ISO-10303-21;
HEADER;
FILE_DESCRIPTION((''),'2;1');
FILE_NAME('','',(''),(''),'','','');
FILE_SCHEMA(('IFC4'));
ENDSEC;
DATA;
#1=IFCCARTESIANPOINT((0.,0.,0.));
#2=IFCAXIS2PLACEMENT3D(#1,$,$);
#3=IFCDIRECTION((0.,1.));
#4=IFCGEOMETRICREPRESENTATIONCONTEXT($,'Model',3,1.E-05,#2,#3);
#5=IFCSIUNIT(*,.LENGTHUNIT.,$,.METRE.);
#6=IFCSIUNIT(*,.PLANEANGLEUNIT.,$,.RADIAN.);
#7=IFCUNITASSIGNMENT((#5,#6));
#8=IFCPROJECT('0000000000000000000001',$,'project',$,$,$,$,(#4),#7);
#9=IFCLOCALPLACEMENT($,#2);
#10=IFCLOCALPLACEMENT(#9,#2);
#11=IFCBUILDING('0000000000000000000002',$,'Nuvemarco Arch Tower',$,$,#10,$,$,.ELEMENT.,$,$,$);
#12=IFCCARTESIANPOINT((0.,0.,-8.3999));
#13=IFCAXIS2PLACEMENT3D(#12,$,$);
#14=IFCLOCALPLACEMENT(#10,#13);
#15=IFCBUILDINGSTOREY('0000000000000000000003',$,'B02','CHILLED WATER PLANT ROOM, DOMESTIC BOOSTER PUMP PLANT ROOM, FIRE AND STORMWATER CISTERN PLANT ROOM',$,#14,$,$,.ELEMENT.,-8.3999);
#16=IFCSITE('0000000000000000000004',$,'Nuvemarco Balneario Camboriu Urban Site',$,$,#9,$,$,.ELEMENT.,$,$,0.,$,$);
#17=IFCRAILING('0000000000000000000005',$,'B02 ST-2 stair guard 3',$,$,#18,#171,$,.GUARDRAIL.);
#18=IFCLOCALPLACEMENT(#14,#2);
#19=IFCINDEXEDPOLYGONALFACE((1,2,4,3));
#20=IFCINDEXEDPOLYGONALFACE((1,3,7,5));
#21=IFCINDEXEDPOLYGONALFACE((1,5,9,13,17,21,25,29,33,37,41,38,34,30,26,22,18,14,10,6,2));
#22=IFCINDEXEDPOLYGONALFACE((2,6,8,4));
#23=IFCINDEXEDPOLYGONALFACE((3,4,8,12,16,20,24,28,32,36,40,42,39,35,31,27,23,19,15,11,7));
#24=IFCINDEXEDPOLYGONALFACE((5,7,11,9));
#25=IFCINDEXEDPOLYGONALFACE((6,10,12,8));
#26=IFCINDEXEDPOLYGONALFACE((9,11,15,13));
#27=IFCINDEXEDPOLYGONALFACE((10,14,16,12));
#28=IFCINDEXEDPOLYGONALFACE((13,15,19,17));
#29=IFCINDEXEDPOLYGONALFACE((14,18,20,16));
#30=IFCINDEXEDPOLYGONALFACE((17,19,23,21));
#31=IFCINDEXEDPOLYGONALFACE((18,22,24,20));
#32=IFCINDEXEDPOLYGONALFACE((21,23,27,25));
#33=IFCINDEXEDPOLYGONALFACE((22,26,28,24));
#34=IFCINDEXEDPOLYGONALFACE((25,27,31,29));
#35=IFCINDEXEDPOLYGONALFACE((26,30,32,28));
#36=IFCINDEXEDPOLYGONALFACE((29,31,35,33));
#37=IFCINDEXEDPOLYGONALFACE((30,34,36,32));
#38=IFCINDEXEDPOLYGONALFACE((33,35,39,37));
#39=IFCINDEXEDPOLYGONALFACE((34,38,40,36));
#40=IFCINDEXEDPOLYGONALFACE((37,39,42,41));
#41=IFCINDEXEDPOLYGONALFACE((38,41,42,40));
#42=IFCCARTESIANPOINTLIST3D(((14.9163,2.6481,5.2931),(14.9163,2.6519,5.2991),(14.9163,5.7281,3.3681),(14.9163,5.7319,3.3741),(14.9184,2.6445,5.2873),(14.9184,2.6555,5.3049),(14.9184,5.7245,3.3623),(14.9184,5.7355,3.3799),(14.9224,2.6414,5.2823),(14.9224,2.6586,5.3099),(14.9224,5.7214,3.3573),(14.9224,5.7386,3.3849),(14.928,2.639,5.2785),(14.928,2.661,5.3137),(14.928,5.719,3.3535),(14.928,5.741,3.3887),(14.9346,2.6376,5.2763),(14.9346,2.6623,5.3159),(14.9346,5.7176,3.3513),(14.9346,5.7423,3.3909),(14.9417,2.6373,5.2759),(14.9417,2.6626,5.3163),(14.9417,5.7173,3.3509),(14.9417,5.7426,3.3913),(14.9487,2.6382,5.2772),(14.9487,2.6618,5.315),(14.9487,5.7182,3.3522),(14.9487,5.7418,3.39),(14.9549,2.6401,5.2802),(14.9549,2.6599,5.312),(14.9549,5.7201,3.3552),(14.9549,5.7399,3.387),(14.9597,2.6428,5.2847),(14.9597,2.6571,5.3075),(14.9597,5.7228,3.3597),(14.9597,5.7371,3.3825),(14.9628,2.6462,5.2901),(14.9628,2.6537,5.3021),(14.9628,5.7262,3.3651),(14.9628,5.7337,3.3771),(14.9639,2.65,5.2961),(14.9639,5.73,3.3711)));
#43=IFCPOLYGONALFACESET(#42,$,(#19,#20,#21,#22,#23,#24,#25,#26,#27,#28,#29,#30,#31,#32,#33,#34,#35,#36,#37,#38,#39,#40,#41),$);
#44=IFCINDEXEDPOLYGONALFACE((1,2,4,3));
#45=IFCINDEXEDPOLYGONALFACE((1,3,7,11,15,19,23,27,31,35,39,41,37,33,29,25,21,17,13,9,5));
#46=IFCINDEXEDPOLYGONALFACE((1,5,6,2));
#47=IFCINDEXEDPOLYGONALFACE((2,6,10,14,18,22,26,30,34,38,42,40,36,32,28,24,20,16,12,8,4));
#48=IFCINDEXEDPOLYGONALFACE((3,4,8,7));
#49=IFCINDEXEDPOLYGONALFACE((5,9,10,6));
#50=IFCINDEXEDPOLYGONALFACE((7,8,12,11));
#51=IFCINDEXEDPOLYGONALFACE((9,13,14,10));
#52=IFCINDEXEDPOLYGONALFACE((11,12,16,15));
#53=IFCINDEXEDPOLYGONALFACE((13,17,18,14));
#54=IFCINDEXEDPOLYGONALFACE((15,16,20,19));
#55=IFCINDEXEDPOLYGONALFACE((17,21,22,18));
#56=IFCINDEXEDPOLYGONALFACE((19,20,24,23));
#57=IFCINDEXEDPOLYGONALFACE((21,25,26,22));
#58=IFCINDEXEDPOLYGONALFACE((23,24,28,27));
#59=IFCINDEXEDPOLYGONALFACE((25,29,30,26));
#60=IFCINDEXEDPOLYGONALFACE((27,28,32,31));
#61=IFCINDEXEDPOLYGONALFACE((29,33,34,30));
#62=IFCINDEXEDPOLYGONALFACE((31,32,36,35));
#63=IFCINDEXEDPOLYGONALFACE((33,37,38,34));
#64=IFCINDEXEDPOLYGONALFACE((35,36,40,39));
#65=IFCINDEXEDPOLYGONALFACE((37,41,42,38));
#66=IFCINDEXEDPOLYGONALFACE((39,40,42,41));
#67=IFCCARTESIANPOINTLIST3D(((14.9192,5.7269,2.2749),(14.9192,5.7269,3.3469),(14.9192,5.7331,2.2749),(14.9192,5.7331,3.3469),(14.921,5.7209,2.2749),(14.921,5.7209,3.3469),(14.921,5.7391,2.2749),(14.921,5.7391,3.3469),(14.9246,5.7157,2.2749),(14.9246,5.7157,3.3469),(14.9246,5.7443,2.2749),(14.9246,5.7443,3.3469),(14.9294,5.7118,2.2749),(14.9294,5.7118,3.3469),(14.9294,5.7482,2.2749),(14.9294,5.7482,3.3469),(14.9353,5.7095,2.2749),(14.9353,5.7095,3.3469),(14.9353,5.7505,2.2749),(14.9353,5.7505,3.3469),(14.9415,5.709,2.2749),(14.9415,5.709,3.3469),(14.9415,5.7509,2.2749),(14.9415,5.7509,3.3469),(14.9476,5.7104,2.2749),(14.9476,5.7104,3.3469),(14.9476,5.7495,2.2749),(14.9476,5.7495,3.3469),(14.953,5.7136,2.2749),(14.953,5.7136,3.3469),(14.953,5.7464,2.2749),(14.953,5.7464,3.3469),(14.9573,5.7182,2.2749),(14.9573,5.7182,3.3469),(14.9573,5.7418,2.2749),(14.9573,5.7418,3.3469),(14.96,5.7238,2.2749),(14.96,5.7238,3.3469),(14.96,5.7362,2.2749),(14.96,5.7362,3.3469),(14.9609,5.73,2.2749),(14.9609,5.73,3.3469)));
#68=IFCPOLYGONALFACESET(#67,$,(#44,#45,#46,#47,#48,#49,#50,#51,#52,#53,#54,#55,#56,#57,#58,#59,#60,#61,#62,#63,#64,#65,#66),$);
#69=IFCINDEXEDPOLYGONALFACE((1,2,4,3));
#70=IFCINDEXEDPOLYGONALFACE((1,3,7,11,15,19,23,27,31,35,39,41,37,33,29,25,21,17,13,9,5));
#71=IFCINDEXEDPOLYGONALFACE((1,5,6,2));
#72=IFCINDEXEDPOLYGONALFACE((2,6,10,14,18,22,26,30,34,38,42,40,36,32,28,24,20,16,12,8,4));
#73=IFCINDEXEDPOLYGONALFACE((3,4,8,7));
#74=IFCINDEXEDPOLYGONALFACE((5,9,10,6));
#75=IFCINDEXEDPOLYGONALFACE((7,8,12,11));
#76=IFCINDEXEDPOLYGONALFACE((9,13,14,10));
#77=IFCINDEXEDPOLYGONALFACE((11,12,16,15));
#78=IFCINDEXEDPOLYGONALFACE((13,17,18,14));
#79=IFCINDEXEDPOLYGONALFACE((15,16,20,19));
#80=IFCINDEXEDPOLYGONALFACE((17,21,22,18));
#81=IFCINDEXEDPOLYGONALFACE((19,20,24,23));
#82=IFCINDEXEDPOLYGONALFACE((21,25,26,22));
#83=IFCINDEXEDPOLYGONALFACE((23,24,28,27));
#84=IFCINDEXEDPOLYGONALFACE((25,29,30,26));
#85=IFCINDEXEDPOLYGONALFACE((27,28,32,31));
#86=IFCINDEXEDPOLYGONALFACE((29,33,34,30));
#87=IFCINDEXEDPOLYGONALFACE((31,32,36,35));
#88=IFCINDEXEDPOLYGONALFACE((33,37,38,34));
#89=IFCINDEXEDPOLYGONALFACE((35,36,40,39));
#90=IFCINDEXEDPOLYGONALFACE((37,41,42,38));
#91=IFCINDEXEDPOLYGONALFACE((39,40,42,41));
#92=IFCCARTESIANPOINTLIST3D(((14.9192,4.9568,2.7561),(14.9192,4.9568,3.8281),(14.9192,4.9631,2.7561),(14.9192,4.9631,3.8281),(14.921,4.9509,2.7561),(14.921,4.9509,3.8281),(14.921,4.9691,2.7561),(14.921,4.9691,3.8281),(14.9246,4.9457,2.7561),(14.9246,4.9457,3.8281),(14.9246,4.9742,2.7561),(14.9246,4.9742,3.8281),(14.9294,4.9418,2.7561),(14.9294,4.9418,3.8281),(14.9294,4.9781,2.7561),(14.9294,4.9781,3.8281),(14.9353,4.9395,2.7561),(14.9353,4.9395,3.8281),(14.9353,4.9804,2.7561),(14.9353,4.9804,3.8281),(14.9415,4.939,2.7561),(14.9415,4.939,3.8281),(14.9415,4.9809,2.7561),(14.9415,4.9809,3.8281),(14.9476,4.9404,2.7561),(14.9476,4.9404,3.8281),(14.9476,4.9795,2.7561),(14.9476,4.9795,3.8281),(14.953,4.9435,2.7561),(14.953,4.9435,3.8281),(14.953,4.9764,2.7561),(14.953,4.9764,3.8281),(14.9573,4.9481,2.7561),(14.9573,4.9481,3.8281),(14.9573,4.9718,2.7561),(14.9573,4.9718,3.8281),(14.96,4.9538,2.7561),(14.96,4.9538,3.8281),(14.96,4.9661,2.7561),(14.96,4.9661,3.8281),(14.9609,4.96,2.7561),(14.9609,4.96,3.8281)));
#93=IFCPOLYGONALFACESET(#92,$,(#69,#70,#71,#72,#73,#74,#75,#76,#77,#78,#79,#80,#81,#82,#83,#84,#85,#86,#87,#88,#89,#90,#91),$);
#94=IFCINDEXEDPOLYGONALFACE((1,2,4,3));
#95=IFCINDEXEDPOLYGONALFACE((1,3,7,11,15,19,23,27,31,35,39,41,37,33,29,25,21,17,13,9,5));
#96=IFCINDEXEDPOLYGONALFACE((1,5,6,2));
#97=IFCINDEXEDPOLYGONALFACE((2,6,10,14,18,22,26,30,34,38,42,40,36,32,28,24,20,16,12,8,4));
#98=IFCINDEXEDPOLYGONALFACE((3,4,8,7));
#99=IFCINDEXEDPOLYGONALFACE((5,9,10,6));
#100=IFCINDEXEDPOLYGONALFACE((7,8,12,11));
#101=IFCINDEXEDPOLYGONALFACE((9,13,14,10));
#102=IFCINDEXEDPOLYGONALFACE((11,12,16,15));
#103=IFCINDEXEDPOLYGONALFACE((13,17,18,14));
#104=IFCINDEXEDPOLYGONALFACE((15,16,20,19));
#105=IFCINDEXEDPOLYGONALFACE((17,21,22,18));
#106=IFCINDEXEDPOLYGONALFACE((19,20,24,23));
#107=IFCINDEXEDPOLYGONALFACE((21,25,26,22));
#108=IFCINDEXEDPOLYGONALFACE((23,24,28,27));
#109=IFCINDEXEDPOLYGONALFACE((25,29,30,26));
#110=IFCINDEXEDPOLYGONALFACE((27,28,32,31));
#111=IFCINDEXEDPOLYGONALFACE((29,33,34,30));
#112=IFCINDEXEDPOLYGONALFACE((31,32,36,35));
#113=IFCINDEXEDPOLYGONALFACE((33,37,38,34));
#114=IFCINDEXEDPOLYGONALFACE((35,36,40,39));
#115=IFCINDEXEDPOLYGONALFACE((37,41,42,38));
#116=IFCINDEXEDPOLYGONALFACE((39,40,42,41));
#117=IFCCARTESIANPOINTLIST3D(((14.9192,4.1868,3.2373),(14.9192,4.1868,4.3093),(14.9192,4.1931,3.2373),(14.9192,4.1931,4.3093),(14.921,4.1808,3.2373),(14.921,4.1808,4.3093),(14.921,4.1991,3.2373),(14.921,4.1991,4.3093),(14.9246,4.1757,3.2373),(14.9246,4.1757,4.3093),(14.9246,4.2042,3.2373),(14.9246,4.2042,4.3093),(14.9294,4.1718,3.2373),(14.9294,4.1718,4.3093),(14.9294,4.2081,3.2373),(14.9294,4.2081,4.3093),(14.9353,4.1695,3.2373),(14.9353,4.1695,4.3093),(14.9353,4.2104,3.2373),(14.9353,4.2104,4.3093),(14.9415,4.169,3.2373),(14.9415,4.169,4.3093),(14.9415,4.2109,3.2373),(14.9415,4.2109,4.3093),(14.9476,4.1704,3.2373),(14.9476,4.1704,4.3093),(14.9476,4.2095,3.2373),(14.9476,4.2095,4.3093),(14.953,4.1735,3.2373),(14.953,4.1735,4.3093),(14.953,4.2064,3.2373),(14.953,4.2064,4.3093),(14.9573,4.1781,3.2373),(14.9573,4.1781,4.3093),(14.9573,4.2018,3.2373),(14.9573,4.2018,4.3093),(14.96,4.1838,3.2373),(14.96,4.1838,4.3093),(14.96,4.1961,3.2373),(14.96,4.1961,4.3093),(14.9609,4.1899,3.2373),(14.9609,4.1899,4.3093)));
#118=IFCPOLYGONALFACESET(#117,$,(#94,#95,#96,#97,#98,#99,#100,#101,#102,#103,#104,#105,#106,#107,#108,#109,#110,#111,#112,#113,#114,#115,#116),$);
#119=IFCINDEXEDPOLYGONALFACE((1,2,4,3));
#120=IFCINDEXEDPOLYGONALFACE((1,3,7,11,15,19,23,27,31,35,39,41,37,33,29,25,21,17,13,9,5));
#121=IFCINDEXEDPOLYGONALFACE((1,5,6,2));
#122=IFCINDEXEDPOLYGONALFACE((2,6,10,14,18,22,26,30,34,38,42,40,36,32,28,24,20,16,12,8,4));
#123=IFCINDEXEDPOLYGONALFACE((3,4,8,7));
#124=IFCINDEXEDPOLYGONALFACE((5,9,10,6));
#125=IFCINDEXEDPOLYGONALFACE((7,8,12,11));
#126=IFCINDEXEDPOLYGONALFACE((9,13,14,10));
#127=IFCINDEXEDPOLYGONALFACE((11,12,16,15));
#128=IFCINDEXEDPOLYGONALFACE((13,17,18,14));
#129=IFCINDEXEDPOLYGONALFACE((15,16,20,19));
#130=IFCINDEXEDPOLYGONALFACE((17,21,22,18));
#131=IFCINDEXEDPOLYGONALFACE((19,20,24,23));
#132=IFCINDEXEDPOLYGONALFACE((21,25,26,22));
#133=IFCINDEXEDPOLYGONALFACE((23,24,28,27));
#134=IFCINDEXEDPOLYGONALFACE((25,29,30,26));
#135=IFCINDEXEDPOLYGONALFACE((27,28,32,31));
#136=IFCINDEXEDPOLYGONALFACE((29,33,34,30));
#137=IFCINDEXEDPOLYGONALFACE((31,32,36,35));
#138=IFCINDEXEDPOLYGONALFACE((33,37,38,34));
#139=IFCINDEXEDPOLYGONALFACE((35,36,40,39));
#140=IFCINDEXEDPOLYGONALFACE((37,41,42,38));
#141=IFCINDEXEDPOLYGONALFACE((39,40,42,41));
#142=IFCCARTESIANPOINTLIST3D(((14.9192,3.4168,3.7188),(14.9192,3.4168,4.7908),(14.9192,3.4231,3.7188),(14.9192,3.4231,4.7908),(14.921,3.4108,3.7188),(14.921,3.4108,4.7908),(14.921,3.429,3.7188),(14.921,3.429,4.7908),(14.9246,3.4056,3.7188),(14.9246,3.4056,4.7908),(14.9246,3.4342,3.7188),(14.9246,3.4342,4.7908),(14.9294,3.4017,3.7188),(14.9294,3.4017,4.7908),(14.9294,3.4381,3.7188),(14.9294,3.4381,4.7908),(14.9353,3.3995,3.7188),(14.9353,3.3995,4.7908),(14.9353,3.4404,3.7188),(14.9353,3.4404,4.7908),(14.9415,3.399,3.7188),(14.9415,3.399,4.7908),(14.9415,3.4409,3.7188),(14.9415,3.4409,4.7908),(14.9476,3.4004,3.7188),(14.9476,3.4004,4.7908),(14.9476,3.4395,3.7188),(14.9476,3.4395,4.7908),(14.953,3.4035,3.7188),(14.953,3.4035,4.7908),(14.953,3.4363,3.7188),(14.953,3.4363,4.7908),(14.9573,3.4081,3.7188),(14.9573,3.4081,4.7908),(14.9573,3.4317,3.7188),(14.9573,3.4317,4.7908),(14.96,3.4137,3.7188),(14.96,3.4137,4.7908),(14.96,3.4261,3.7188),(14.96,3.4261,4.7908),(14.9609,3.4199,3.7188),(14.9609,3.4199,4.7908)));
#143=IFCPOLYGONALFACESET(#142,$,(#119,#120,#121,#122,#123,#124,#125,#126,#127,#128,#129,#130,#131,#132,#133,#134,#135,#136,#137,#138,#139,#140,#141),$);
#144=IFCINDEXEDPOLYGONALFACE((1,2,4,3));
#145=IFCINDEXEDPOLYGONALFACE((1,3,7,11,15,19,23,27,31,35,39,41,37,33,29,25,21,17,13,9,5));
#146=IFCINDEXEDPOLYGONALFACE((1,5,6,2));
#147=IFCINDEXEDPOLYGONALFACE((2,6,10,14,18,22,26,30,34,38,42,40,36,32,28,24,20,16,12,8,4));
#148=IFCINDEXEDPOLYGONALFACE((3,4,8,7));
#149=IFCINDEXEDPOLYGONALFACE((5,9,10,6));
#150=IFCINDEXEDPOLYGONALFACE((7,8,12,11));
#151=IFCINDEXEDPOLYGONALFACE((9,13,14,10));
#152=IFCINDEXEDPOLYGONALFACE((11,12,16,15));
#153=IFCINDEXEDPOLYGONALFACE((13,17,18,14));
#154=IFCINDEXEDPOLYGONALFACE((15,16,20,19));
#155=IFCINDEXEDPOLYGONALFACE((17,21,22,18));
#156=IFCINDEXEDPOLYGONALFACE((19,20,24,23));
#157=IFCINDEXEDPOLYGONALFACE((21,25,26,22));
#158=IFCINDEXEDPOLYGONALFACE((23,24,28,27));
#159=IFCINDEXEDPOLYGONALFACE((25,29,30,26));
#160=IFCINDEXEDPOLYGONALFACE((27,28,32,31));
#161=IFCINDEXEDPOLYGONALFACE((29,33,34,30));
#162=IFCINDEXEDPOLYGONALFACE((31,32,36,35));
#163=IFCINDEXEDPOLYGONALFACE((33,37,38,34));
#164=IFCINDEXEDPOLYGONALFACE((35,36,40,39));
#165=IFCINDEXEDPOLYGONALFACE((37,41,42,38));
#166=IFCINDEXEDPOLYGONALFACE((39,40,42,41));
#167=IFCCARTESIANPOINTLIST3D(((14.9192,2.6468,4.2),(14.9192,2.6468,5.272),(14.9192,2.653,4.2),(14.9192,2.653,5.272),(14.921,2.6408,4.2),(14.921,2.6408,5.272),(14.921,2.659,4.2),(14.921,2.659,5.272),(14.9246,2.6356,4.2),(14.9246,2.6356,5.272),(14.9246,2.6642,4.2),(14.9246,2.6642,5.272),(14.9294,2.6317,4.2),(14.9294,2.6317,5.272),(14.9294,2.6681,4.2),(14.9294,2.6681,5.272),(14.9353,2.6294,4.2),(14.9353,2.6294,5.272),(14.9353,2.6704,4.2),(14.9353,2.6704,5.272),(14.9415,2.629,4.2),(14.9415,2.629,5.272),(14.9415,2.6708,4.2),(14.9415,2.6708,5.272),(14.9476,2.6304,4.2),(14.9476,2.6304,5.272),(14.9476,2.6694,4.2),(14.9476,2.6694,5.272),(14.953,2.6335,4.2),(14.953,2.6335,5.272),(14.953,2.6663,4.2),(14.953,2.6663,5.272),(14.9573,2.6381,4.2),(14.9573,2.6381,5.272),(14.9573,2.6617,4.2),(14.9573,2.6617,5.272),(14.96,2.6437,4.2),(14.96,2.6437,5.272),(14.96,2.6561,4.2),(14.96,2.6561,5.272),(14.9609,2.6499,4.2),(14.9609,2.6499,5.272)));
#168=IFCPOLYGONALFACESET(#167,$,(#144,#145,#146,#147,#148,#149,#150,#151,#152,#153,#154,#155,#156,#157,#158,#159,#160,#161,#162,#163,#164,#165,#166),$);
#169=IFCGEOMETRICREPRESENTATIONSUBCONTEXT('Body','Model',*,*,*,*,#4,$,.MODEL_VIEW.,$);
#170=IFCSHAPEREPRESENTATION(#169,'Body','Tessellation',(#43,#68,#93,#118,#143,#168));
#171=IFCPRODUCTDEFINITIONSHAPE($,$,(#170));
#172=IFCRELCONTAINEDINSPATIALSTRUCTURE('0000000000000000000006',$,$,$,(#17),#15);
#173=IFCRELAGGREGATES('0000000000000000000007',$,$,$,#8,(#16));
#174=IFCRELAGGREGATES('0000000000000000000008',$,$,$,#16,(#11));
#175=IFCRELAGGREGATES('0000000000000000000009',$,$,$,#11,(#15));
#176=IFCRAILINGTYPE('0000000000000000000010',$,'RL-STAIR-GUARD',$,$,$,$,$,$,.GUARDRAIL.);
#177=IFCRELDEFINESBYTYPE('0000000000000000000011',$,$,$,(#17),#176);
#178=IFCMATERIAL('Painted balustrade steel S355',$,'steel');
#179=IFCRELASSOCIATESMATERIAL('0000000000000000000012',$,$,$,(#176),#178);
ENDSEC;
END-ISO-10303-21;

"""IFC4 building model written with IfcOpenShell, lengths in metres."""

from ifc_helpers import new_model, si_unit, direction, frame, origin, origin_2d, place, context, subcontext, project, spatial, circle, extrude, material, type_object, element, save


model = new_model("IFC4")

# Units and contexts
model_context = context("Model", 3, precision=1e-05, world=origin(), true_north=direction((0.0, 1.0)))
body_context = subcontext(model_context, "Body", "Model", "MODEL_VIEW")
ifc_project = project(units=[si_unit("LENGTHUNIT", "METRE"), si_unit("PLANEANGLEUNIT", "RADIAN")], contexts=[model_context])

# Site, building, storey
site_placement = place(None, origin())
site = spatial("IfcSite", under=ifc_project, at=site_placement, Name="Nuvemarco Balneario Camboriu Urban Site", CompositionType="ELEMENT", RefElevation=0.0)
building_placement = place(site_placement, origin())
building = spatial("IfcBuilding", under=site, at=building_placement, Name="Nuvemarco Arch Tower", CompositionType="ELEMENT")
storey_placement = place(building_placement, frame((0.0, 0.0, -8.3999)))
storey = spatial("IfcBuildingStorey", under=building, at=storey_placement, Name="B02", Description="CHILLED WATER PLANT ROOM, DOMESTIC BOOSTER PUMP PLANT ROOM, FIRE AND STORMWATER CISTERN PLANT ROOM", CompositionType="ELEMENT", Elevation=-8.3999)

# Railing
ifc_material_1 = material(Name="Painted balustrade steel S355", Category="steel")
railing_type_1 = type_object("IfcRailingType", Name="RL-STAIR-GUARD", PredefinedType="GUARDRAIL", material=ifc_material_1)
railing_1_placement = place(storey_placement, frame((14.9399, 5.73, 2.2749)))
element("IfcRailing", 1, at=railing_1_placement, inside=storey, type_object=railing_type_1, Name="B02 ST-2 stair guard 3", PredefinedType="GUARDRAIL", context=body_context, shape_type="SweptSolid", body=[
    extrude(circle(Radius=0.0239, at=origin_2d()), frame((0.0, 0.0, 1.0962), z_axis=(0.0, -0.847998, 0.529999), x_axis=(1.0, 0.0, 0.0)), (0.0, 0.0, 1.0), 3.6321),
    extrude(circle(Radius=0.021, at=origin_2d()), origin(), (0.0, 0.0, 1.0), 1.072),
    extrude(circle(Radius=0.021, at=origin_2d()), frame((0.0, -0.77, 0.4812)), (0.0, 0.0, 1.0), 1.072),
    extrude(circle(Radius=0.021, at=origin_2d()), frame((0.0, -1.54, 0.9624)), (0.0, 0.0, 1.0), 1.072),
    extrude(circle(Radius=0.021, at=origin_2d()), frame((0.0, -2.3101, 1.4438)), (0.0, 0.0, 1.0), 1.072),
    extrude(circle(Radius=0.021, at=origin_2d()), frame((0.0, -3.0801, 1.925)), (0.0, 0.0, 1.0), 1.072),
])

save(model, "model.ifc")
